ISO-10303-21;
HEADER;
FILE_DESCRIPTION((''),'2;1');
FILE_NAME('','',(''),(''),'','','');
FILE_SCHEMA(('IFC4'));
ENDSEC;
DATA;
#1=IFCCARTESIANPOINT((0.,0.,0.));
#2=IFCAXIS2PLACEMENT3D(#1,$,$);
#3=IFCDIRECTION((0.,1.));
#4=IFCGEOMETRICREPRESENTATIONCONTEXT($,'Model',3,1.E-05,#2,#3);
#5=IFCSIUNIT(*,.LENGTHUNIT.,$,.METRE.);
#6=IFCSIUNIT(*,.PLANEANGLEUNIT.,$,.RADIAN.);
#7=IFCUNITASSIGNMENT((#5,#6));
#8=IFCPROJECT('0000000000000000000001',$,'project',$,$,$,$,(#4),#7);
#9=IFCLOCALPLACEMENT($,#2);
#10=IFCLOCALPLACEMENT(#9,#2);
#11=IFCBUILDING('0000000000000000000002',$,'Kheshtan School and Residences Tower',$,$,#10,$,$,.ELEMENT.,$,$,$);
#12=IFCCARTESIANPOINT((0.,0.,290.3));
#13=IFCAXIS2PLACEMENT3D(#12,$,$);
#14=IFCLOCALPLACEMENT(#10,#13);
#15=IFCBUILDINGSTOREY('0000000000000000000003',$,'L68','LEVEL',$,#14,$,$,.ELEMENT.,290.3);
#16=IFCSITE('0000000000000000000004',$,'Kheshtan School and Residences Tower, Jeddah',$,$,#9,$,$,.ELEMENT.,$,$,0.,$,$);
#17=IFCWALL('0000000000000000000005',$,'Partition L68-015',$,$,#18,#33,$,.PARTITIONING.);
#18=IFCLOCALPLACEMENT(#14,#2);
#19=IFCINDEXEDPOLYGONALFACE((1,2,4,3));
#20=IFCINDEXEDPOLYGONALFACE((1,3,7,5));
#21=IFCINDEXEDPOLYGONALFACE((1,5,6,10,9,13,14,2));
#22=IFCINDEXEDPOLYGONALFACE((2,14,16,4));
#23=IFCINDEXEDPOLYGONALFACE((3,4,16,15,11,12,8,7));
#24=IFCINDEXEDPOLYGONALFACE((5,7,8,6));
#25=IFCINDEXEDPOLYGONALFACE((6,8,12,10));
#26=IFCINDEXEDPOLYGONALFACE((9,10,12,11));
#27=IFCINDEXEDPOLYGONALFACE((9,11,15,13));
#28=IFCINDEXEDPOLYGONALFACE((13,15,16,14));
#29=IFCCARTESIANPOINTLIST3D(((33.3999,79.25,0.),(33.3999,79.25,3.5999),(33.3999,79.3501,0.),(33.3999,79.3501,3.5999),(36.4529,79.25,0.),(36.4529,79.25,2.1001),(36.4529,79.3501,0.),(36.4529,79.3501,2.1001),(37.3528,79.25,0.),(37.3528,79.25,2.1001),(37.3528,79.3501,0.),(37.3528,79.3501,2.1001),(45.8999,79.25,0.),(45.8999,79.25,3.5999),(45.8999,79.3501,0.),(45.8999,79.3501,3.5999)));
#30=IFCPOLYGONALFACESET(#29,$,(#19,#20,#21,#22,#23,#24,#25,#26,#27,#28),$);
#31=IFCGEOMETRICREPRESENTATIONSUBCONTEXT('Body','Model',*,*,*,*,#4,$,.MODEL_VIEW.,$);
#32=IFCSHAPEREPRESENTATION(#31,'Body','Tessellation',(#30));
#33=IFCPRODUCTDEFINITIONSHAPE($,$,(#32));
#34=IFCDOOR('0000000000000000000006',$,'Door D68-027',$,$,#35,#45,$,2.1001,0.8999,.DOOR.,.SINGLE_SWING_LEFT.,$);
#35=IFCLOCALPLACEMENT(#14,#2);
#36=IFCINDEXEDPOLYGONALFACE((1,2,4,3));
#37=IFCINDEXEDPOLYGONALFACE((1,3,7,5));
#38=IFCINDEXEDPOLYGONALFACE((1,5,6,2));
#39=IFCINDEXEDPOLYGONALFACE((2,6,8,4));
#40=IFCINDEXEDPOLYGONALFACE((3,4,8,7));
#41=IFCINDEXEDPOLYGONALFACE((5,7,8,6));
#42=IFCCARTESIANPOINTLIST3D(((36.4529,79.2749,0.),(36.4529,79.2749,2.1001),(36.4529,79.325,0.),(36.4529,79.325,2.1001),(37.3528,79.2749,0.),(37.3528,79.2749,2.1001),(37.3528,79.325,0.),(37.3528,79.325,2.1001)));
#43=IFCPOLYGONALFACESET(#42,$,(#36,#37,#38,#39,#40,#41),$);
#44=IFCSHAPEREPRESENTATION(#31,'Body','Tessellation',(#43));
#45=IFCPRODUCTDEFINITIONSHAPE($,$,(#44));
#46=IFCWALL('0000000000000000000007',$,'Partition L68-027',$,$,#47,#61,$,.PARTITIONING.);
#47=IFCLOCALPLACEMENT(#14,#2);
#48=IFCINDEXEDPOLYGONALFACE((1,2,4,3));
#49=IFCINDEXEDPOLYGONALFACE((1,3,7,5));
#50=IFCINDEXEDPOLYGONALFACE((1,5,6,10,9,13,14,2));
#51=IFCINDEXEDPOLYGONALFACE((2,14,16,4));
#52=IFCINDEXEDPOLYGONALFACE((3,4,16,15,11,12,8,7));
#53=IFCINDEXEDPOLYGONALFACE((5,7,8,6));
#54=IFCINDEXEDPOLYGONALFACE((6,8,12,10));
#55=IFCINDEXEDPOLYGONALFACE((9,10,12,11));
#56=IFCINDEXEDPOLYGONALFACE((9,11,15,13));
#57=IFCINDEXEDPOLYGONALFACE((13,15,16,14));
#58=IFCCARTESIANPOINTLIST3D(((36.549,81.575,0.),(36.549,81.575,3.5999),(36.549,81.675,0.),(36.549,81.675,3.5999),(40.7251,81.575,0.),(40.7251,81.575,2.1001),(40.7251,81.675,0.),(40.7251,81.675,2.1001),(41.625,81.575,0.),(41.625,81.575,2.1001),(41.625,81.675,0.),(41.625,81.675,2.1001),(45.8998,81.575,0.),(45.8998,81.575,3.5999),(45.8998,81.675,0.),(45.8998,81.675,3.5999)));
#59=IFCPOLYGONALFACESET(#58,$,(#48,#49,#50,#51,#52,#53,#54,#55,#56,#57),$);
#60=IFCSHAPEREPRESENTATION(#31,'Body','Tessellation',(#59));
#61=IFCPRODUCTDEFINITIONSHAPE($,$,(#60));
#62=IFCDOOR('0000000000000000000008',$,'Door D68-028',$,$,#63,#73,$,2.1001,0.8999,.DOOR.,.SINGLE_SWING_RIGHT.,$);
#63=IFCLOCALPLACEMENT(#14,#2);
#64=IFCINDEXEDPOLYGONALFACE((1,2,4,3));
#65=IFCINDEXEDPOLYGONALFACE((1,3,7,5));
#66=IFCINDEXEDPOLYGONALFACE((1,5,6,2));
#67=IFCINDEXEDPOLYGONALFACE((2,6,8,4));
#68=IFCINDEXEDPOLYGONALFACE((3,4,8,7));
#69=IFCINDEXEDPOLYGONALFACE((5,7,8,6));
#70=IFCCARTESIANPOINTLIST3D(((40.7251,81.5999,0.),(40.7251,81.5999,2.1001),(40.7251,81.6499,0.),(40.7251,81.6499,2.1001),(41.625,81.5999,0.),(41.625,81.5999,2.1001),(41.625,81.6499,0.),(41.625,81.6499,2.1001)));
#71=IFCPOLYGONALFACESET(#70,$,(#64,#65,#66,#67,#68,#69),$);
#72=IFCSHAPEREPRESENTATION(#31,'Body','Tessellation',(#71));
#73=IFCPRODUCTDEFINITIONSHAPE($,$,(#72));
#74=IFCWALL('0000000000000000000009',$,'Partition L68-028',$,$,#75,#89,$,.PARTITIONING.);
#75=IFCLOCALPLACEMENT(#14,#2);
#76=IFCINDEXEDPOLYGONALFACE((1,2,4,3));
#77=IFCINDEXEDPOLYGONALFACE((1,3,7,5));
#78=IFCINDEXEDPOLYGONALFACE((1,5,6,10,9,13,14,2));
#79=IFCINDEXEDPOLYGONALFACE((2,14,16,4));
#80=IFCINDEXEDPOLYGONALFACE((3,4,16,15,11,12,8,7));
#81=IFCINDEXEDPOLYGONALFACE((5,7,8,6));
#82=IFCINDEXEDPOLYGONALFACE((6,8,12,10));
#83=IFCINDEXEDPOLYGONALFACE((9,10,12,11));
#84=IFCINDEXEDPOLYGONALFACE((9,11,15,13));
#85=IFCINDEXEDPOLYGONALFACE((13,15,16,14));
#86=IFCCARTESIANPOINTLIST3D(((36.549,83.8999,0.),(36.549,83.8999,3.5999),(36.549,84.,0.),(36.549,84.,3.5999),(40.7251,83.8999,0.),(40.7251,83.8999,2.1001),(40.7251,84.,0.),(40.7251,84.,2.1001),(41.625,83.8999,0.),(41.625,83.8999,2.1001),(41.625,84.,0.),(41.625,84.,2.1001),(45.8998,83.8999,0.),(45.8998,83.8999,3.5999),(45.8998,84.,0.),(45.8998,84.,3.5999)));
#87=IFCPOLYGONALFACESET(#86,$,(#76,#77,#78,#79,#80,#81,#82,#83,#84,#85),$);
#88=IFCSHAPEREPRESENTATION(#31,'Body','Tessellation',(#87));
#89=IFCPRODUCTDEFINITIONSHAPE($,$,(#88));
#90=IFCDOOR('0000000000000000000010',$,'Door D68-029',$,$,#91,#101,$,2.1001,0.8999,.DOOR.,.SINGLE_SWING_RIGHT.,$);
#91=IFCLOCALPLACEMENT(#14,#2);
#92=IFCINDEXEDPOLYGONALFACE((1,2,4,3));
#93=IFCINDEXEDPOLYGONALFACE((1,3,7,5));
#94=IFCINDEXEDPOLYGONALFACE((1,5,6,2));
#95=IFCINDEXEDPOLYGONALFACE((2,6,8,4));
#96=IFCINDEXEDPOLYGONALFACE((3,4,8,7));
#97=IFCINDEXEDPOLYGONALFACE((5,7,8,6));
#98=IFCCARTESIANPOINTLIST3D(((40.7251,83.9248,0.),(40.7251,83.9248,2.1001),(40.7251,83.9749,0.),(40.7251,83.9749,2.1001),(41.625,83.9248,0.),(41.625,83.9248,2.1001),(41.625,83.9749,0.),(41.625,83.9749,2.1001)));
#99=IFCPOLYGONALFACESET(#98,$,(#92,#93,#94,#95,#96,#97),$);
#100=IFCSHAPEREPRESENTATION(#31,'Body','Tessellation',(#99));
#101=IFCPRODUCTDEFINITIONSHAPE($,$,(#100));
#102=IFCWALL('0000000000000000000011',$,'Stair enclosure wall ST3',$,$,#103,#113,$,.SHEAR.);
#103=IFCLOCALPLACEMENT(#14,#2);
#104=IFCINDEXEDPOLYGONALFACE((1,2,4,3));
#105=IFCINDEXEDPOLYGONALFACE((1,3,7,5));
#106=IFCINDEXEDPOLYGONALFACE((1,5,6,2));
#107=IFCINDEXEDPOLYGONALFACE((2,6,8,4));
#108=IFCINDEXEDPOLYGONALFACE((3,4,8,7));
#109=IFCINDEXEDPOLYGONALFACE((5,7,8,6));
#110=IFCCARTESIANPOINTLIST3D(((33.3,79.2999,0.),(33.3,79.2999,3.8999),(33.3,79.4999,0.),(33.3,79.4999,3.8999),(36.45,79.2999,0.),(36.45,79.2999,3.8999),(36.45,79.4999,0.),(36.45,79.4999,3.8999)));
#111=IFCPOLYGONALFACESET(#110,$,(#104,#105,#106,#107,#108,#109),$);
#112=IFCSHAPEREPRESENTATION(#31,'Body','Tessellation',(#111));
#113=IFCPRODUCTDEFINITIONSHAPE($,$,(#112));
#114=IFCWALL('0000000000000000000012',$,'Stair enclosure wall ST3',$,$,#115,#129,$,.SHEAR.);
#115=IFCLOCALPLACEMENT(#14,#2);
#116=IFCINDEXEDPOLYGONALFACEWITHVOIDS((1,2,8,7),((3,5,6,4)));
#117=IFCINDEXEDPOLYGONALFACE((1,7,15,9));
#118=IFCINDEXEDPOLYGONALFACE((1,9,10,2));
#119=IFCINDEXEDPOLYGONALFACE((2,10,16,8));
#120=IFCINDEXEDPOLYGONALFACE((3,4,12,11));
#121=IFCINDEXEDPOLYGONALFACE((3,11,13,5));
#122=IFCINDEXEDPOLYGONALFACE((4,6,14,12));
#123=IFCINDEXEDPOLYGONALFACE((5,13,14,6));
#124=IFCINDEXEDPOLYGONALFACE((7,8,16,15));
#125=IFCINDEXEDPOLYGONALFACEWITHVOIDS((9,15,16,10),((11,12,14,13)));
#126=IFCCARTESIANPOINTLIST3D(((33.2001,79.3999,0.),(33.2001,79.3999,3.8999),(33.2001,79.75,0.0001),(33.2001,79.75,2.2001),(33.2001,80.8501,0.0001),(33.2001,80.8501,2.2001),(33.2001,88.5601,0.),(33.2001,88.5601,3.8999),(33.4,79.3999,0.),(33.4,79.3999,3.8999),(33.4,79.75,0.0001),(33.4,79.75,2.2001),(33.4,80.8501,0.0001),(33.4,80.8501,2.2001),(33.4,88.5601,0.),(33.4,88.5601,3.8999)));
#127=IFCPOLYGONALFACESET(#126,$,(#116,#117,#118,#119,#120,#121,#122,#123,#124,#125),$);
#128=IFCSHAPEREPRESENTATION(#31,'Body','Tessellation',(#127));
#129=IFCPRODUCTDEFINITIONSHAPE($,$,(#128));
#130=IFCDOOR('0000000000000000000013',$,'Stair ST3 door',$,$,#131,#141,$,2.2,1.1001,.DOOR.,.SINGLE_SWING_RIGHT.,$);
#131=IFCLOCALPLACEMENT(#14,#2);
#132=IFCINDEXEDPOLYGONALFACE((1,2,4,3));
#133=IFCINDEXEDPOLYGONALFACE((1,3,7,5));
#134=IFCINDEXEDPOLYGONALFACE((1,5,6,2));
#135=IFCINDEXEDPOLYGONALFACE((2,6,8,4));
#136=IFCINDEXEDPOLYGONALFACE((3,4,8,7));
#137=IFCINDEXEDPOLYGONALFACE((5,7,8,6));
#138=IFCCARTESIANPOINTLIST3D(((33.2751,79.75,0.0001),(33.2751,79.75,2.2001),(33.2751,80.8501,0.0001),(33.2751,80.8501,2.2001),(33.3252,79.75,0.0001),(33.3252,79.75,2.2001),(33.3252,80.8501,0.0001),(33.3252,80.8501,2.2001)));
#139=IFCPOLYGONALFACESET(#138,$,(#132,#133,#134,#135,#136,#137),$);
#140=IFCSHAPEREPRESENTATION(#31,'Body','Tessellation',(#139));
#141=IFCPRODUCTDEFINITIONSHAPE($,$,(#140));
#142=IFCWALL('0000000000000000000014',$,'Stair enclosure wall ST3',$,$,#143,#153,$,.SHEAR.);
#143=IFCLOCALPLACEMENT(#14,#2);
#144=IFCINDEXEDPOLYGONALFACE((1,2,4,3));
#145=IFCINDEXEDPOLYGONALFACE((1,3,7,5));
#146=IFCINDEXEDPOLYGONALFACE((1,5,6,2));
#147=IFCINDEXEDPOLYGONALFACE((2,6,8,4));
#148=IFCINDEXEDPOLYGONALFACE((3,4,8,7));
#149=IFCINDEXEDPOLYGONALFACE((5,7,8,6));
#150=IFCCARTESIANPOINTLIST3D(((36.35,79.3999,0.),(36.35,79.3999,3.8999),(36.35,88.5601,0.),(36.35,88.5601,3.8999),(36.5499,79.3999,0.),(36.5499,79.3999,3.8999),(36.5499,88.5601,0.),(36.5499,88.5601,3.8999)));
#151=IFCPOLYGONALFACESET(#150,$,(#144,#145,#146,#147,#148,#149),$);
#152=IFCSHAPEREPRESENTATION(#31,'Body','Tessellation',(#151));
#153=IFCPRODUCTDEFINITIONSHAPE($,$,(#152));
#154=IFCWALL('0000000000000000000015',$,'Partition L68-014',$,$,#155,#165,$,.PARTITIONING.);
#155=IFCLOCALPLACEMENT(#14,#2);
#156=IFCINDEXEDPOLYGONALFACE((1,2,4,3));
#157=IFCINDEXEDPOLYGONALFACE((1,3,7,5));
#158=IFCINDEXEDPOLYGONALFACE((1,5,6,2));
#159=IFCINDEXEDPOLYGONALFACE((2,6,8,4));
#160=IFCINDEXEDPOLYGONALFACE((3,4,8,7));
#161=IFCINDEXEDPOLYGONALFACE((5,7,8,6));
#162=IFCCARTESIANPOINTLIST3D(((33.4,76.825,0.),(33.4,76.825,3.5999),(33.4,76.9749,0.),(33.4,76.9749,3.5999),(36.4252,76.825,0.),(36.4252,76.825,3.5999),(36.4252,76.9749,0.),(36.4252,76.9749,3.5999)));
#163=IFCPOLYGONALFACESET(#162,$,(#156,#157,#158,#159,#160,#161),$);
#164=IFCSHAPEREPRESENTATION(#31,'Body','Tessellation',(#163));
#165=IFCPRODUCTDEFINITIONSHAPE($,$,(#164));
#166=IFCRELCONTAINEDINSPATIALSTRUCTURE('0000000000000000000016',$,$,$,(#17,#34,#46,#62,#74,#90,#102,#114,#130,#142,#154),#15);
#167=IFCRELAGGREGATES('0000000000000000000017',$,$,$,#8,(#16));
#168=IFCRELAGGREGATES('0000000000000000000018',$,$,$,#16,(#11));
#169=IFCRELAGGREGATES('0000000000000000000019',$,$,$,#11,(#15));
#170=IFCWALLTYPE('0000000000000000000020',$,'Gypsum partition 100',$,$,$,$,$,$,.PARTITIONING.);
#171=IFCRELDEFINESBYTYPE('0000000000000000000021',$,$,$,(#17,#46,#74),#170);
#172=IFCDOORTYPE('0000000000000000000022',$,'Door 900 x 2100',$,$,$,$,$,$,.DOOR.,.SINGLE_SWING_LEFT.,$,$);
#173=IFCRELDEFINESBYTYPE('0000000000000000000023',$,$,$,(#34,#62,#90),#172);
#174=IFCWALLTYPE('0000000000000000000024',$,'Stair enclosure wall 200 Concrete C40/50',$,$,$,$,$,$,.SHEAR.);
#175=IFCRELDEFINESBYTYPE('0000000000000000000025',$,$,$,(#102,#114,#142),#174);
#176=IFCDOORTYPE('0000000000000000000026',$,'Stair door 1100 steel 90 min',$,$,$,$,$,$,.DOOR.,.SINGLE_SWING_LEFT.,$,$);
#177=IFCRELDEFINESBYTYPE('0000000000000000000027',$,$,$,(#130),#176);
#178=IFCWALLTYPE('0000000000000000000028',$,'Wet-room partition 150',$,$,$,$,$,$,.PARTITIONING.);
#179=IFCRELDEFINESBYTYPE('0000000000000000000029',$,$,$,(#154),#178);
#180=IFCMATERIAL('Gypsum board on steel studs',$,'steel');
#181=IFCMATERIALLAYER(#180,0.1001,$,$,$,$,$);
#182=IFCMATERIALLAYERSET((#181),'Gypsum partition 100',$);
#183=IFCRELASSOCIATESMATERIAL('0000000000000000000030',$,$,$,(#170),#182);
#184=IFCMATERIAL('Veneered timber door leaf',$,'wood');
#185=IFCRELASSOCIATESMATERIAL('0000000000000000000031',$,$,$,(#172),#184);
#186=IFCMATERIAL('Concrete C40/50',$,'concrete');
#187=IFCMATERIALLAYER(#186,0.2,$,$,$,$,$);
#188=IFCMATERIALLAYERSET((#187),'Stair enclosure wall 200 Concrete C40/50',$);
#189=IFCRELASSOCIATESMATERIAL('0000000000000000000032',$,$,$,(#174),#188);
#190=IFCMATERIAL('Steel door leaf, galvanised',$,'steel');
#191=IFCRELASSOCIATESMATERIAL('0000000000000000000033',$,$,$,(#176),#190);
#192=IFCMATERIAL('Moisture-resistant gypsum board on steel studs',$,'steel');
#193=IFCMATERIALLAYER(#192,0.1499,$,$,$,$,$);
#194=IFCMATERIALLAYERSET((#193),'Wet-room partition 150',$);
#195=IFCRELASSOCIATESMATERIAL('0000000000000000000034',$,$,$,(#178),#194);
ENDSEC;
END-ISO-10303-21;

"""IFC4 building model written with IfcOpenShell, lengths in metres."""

from ifc_helpers import new_model, si_unit, direction, frame, frame_2d, origin, place, context, subcontext, project, spatial, rectangle, extrude, source, transform, mapped, material, layer, layer_set, type_object, element, fill, save


model = new_model("IFC4")

# Units and contexts
model_context = context("Model", 3, precision=1e-05, world=origin(), true_north=direction((0.0, 1.0)))
body_context = subcontext(model_context, "Body", "Model", "MODEL_VIEW")
ifc_project = project(units=[si_unit("LENGTHUNIT", "METRE"), si_unit("PLANEANGLEUNIT", "RADIAN")], contexts=[model_context])

# Site, building, storey
site_placement = place(None, origin())
site = spatial("IfcSite", under=ifc_project, at=site_placement, Name="Kheshtan School and Residences Tower, Jeddah", CompositionType="ELEMENT", RefElevation=0.0)
building_placement = place(site_placement, origin())
building = spatial("IfcBuilding", under=site, at=building_placement, Name="Kheshtan School and Residences Tower", CompositionType="ELEMENT")
storey_placement = place(building_placement, frame((0.0, 0.0, 290.3)))
storey = spatial("IfcBuildingStorey", under=building, at=storey_placement, Name="L68", Description="LEVEL", CompositionType="ELEMENT", Elevation=290.3)

# Walls, openings, doors
ifc_material_1 = material(Name="Gypsum board on steel studs", Category="steel")
ifc_layer_1 = layer(ifc_material_1, 0.1001)
ifc_layer_set_1 = layer_set([ifc_layer_1], Name="Gypsum partition 100")
wall_type_1 = type_object("IfcWallType", Name="Gypsum partition 100", PredefinedType="PARTITIONING", material=ifc_layer_set_1)
wall_1_placement = place(storey_placement, frame((33.3999, 79.3, 0.0), z_axis=(0.0, 0.0, 1.0), x_axis=(1.0, 0.0, 0.0)))
wall_1 = element("IfcWall", 1, at=wall_1_placement, inside=storey, type_object=wall_type_1, Name="Partition L68-015", PredefinedType="PARTITIONING", context=body_context, shape_type="SweptSolid", body=[
    extrude(rectangle(XDim=12.5, YDim=0.1001, at=frame_2d((6.25, 0.0))), origin(), (0.0, 0.0, 1.0), 3.5999),
])
opening_1_placement = place(wall_1_placement, frame((3.053, 0.0, 0.0)))
opening_1 = element("IfcOpeningElement", 2, at=opening_1_placement, cuts=wall_1, PredefinedType="OPENING", context=body_context, shape_type="SweptSolid", body=[
    extrude(rectangle(XDim=0.8999, YDim=2.1001, at=frame_2d((0.45, 1.05))), frame((0.0, 0.0601, 0.0), z_axis=(0.0, -1.0, 0.0), x_axis=(1.0, 0.0, 0.0)), (0.0, 0.0, 1.0), 0.1201),
])
ifc_material_2 = material(Name="Veneered timber door leaf", Category="wood")
door_type_1 = type_object("IfcDoorType", Name="Door 900 x 2100", OperationType="SINGLE_SWING_LEFT", PredefinedType="DOOR", material=ifc_material_2)
shared_shape_1 = source(origin(), body_context, "Body", "SweptSolid", [
    extrude(rectangle(XDim=0.8999, YDim=2.1001, at=frame_2d((0.45, 1.05))), frame((0.0, 0.0249, 0.0), z_axis=(0.0, -1.0, 0.0), x_axis=(1.0, 0.0, 0.0)), (0.0, 0.0, 1.0), 0.05),
])
door_1_placement = place(opening_1_placement, origin())
door_1 = element("IfcDoor", 3, at=door_1_placement, inside=storey, type_object=door_type_1, Name="Door D68-027", OperationType="SINGLE_SWING_LEFT", OverallHeight=2.1001, OverallWidth=0.8999, PredefinedType="DOOR", context=body_context, shape_type="MappedRepresentation", body=[
    mapped(shared_shape_1, transform((0.0, 0.0, 0.0), x_axis=(1.0, 0.0, 0.0), y_axis=(0.0, 1.0, 0.0), z_axis=(0.0, 0.0, 1.0), scale=1.0)),
])
fill(opening_1, door_1)
wall_2_placement = place(storey_placement, frame((36.5491, 81.625, 0.0), z_axis=(0.0, 0.0, 1.0), x_axis=(1.0, 0.0, 0.0)))
wall_2 = element("IfcWall", 4, at=wall_2_placement, inside=storey, type_object=wall_type_1, Name="Partition L68-027", PredefinedType="PARTITIONING", context=body_context, shape_type="SweptSolid", body=[
    extrude(rectangle(XDim=9.3508, YDim=0.1001, at=frame_2d((4.6753, 0.0))), origin(), (0.0, 0.0, 1.0), 3.5999),
])
opening_2_placement = place(wall_2_placement, frame((4.176, 0.0, 0.0)))
opening_2 = element("IfcOpeningElement", 5, at=opening_2_placement, cuts=wall_2, PredefinedType="OPENING", context=body_context, shape_type="SweptSolid", body=[
    extrude(rectangle(XDim=0.8999, YDim=2.1001, at=frame_2d((0.45, 1.05))), frame((0.0, 0.0601, 0.0), z_axis=(0.0, -1.0, 0.0), x_axis=(1.0, 0.0, 0.0)), (0.0, 0.0, 1.0), 0.1201),
])
door_2_placement = place(opening_2_placement, origin())
door_2 = element("IfcDoor", 6, at=door_2_placement, inside=storey, type_object=door_type_1, Name="Door D68-028", OperationType="SINGLE_SWING_RIGHT", OverallHeight=2.1001, OverallWidth=0.8999, PredefinedType="DOOR", context=body_context, shape_type="MappedRepresentation", body=[
    mapped(shared_shape_1, transform((0.0, 0.0, 0.0), x_axis=(1.0, 0.0, 0.0), y_axis=(0.0, 1.0, 0.0), z_axis=(0.0, 0.0, 1.0), scale=1.0)),
])
fill(opening_2, door_2)
wall_3_placement = place(storey_placement, frame((36.5491, 83.95, 0.0), z_axis=(0.0, 0.0, 1.0), x_axis=(1.0, 0.0, 0.0)))
wall_3 = element("IfcWall", 7, at=wall_3_placement, inside=storey, type_object=wall_type_1, Name="Partition L68-028", PredefinedType="PARTITIONING", context=body_context, shape_type="SweptSolid", body=[
    extrude(rectangle(XDim=9.3508, YDim=0.1001, at=frame_2d((4.6753, 0.0))), origin(), (0.0, 0.0, 1.0), 3.5999),
])
opening_3_placement = place(wall_3_placement, frame((4.176, 0.0, 0.0)))
opening_3 = element("IfcOpeningElement", 8, at=opening_3_placement, cuts=wall_3, PredefinedType="OPENING", context=body_context, shape_type="SweptSolid", body=[
    extrude(rectangle(XDim=0.8999, YDim=2.1001, at=frame_2d((0.45, 1.05))), frame((0.0, 0.0601, 0.0), z_axis=(0.0, -1.0, 0.0), x_axis=(1.0, 0.0, 0.0)), (0.0, 0.0, 1.0), 0.1201),
])
door_3_placement = place(opening_3_placement, origin())
door_3 = element("IfcDoor", 9, at=door_3_placement, inside=storey, type_object=door_type_1, Name="Door D68-029", OperationType="SINGLE_SWING_RIGHT", OverallHeight=2.1001, OverallWidth=0.8999, PredefinedType="DOOR", context=body_context, shape_type="MappedRepresentation", body=[
    mapped(shared_shape_1, transform((0.0, 0.0, 0.0), x_axis=(1.0, 0.0, 0.0), y_axis=(0.0, 1.0, 0.0), z_axis=(0.0, 0.0, 1.0), scale=1.0)),
])
fill(opening_3, door_3)

# Wall
ifc_material_3 = material(Name="Concrete C40/50", Category="concrete")
ifc_layer_2 = layer(ifc_material_3, 0.2)
ifc_layer_set_2 = layer_set([ifc_layer_2], Name="Stair enclosure wall 200 Concrete C40/50")
wall_type_2 = type_object("IfcWallType", Name="Stair enclosure wall 200 Concrete C40/50", PredefinedType="SHEAR", material=ifc_layer_set_2)
wall_4_placement = place(storey_placement, frame((33.3, 79.3999, 0.0), z_axis=(0.0, 0.0, 1.0), x_axis=(1.0, 0.0, 0.0)))
element("IfcWall", 10, at=wall_4_placement, inside=storey, type_object=wall_type_2, Name="Stair enclosure wall ST3", PredefinedType="SHEAR", context=body_context, shape_type="SweptSolid", body=[
    extrude(rectangle(XDim=3.1499, YDim=0.2, at=frame_2d((1.575, 0.0))), origin(), (0.0, 0.0, 1.0), 3.8999),
])

# Wall, opening, door
wall_5_placement = place(storey_placement, frame((33.3, 79.3999, 0.0), z_axis=(0.0, 0.0, 1.0), x_axis=(0.0, 1.0, 0.0)))
wall_5 = element("IfcWall", 11, at=wall_5_placement, inside=storey, type_object=wall_type_2, Name="Stair enclosure wall ST3", PredefinedType="SHEAR", context=body_context, shape_type="SweptSolid", body=[
    extrude(rectangle(XDim=9.1602, YDim=0.2, at=frame_2d((4.5801, 0.0))), origin(), (0.0, 0.0, 1.0), 3.8999),
])
opening_4_placement = place(wall_5_placement, frame((0.3501, 0.0, 0.0)))
opening_4 = element("IfcOpeningElement", 12, at=opening_4_placement, cuts=wall_5, PredefinedType="OPENING", context=body_context, shape_type="SweptSolid", body=[
    extrude(rectangle(XDim=1.1001, YDim=2.2, at=frame_2d((0.55, 1.1001))), frame((0.0, 0.1099, 0.0), z_axis=(0.0, -1.0, 0.0), x_axis=(1.0, 0.0, 0.0)), (0.0, 0.0, 1.0), 0.22),
])
ifc_material_4 = material(Name="Steel door leaf, galvanised", Category="steel")
door_type_2 = type_object("IfcDoorType", Name="Stair door 1100 steel 90 min", OperationType="SINGLE_SWING_LEFT", PredefinedType="DOOR", material=ifc_material_4)
shared_shape_2 = source(origin(), body_context, "Body", "SweptSolid", [
    extrude(rectangle(XDim=1.1001, YDim=2.2, at=frame_2d((0.55, 1.1001))), frame((0.0, 0.0249, 0.0), z_axis=(0.0, -1.0, 0.0), x_axis=(1.0, 0.0, 0.0)), (0.0, 0.0, 1.0), 0.05),
])
door_4_placement = place(opening_4_placement, origin())
door_4 = element("IfcDoor", 13, at=door_4_placement, inside=storey, type_object=door_type_2, Name="Stair ST3 door", OperationType="SINGLE_SWING_RIGHT", OverallHeight=2.2, OverallWidth=1.1001, PredefinedType="DOOR", context=body_context, shape_type="MappedRepresentation", body=[
    mapped(shared_shape_2, transform((0.0, 0.0, 0.0), x_axis=(1.0, 0.0, 0.0), y_axis=(0.0, 1.0, 0.0), z_axis=(0.0, 0.0, 1.0), scale=1.0)),
])
fill(opening_4, door_4)

# Walls
wall_6_placement = place(storey_placement, frame((36.45, 79.3999, 0.0), z_axis=(0.0, 0.0, 1.0), x_axis=(0.0, 1.0, 0.0)))
element("IfcWall", 14, at=wall_6_placement, inside=storey, type_object=wall_type_2, Name="Stair enclosure wall ST3", PredefinedType="SHEAR", context=body_context, shape_type="SweptSolid", body=[
    extrude(rectangle(XDim=9.1602, YDim=0.2, at=frame_2d((4.5801, 0.0))), origin(), (0.0, 0.0, 1.0), 3.8999),
])
ifc_material_5 = material(Name="Moisture-resistant gypsum board on steel studs", Category="steel")
ifc_layer_3 = layer(ifc_material_5, 0.1499)
ifc_layer_set_3 = layer_set([ifc_layer_3], Name="Wet-room partition 150")
wall_type_3 = type_object("IfcWallType", Name="Wet-room partition 150", PredefinedType="PARTITIONING", material=ifc_layer_set_3)
wall_7_placement = place(storey_placement, frame((33.3999, 76.8999, 0.0), z_axis=(0.0, 0.0, 1.0), x_axis=(1.0, 0.0, 0.0)))
element("IfcWall", 15, at=wall_7_placement, inside=storey, type_object=wall_type_3, Name="Partition L68-014", PredefinedType="PARTITIONING", context=body_context, shape_type="SweptSolid", body=[
    extrude(rectangle(XDim=3.0251, YDim=0.1499, at=frame_2d((1.5127, 0.0))), origin(), (0.0, 0.0, 1.0), 3.5999),
])

save(model, "model.ifc")
